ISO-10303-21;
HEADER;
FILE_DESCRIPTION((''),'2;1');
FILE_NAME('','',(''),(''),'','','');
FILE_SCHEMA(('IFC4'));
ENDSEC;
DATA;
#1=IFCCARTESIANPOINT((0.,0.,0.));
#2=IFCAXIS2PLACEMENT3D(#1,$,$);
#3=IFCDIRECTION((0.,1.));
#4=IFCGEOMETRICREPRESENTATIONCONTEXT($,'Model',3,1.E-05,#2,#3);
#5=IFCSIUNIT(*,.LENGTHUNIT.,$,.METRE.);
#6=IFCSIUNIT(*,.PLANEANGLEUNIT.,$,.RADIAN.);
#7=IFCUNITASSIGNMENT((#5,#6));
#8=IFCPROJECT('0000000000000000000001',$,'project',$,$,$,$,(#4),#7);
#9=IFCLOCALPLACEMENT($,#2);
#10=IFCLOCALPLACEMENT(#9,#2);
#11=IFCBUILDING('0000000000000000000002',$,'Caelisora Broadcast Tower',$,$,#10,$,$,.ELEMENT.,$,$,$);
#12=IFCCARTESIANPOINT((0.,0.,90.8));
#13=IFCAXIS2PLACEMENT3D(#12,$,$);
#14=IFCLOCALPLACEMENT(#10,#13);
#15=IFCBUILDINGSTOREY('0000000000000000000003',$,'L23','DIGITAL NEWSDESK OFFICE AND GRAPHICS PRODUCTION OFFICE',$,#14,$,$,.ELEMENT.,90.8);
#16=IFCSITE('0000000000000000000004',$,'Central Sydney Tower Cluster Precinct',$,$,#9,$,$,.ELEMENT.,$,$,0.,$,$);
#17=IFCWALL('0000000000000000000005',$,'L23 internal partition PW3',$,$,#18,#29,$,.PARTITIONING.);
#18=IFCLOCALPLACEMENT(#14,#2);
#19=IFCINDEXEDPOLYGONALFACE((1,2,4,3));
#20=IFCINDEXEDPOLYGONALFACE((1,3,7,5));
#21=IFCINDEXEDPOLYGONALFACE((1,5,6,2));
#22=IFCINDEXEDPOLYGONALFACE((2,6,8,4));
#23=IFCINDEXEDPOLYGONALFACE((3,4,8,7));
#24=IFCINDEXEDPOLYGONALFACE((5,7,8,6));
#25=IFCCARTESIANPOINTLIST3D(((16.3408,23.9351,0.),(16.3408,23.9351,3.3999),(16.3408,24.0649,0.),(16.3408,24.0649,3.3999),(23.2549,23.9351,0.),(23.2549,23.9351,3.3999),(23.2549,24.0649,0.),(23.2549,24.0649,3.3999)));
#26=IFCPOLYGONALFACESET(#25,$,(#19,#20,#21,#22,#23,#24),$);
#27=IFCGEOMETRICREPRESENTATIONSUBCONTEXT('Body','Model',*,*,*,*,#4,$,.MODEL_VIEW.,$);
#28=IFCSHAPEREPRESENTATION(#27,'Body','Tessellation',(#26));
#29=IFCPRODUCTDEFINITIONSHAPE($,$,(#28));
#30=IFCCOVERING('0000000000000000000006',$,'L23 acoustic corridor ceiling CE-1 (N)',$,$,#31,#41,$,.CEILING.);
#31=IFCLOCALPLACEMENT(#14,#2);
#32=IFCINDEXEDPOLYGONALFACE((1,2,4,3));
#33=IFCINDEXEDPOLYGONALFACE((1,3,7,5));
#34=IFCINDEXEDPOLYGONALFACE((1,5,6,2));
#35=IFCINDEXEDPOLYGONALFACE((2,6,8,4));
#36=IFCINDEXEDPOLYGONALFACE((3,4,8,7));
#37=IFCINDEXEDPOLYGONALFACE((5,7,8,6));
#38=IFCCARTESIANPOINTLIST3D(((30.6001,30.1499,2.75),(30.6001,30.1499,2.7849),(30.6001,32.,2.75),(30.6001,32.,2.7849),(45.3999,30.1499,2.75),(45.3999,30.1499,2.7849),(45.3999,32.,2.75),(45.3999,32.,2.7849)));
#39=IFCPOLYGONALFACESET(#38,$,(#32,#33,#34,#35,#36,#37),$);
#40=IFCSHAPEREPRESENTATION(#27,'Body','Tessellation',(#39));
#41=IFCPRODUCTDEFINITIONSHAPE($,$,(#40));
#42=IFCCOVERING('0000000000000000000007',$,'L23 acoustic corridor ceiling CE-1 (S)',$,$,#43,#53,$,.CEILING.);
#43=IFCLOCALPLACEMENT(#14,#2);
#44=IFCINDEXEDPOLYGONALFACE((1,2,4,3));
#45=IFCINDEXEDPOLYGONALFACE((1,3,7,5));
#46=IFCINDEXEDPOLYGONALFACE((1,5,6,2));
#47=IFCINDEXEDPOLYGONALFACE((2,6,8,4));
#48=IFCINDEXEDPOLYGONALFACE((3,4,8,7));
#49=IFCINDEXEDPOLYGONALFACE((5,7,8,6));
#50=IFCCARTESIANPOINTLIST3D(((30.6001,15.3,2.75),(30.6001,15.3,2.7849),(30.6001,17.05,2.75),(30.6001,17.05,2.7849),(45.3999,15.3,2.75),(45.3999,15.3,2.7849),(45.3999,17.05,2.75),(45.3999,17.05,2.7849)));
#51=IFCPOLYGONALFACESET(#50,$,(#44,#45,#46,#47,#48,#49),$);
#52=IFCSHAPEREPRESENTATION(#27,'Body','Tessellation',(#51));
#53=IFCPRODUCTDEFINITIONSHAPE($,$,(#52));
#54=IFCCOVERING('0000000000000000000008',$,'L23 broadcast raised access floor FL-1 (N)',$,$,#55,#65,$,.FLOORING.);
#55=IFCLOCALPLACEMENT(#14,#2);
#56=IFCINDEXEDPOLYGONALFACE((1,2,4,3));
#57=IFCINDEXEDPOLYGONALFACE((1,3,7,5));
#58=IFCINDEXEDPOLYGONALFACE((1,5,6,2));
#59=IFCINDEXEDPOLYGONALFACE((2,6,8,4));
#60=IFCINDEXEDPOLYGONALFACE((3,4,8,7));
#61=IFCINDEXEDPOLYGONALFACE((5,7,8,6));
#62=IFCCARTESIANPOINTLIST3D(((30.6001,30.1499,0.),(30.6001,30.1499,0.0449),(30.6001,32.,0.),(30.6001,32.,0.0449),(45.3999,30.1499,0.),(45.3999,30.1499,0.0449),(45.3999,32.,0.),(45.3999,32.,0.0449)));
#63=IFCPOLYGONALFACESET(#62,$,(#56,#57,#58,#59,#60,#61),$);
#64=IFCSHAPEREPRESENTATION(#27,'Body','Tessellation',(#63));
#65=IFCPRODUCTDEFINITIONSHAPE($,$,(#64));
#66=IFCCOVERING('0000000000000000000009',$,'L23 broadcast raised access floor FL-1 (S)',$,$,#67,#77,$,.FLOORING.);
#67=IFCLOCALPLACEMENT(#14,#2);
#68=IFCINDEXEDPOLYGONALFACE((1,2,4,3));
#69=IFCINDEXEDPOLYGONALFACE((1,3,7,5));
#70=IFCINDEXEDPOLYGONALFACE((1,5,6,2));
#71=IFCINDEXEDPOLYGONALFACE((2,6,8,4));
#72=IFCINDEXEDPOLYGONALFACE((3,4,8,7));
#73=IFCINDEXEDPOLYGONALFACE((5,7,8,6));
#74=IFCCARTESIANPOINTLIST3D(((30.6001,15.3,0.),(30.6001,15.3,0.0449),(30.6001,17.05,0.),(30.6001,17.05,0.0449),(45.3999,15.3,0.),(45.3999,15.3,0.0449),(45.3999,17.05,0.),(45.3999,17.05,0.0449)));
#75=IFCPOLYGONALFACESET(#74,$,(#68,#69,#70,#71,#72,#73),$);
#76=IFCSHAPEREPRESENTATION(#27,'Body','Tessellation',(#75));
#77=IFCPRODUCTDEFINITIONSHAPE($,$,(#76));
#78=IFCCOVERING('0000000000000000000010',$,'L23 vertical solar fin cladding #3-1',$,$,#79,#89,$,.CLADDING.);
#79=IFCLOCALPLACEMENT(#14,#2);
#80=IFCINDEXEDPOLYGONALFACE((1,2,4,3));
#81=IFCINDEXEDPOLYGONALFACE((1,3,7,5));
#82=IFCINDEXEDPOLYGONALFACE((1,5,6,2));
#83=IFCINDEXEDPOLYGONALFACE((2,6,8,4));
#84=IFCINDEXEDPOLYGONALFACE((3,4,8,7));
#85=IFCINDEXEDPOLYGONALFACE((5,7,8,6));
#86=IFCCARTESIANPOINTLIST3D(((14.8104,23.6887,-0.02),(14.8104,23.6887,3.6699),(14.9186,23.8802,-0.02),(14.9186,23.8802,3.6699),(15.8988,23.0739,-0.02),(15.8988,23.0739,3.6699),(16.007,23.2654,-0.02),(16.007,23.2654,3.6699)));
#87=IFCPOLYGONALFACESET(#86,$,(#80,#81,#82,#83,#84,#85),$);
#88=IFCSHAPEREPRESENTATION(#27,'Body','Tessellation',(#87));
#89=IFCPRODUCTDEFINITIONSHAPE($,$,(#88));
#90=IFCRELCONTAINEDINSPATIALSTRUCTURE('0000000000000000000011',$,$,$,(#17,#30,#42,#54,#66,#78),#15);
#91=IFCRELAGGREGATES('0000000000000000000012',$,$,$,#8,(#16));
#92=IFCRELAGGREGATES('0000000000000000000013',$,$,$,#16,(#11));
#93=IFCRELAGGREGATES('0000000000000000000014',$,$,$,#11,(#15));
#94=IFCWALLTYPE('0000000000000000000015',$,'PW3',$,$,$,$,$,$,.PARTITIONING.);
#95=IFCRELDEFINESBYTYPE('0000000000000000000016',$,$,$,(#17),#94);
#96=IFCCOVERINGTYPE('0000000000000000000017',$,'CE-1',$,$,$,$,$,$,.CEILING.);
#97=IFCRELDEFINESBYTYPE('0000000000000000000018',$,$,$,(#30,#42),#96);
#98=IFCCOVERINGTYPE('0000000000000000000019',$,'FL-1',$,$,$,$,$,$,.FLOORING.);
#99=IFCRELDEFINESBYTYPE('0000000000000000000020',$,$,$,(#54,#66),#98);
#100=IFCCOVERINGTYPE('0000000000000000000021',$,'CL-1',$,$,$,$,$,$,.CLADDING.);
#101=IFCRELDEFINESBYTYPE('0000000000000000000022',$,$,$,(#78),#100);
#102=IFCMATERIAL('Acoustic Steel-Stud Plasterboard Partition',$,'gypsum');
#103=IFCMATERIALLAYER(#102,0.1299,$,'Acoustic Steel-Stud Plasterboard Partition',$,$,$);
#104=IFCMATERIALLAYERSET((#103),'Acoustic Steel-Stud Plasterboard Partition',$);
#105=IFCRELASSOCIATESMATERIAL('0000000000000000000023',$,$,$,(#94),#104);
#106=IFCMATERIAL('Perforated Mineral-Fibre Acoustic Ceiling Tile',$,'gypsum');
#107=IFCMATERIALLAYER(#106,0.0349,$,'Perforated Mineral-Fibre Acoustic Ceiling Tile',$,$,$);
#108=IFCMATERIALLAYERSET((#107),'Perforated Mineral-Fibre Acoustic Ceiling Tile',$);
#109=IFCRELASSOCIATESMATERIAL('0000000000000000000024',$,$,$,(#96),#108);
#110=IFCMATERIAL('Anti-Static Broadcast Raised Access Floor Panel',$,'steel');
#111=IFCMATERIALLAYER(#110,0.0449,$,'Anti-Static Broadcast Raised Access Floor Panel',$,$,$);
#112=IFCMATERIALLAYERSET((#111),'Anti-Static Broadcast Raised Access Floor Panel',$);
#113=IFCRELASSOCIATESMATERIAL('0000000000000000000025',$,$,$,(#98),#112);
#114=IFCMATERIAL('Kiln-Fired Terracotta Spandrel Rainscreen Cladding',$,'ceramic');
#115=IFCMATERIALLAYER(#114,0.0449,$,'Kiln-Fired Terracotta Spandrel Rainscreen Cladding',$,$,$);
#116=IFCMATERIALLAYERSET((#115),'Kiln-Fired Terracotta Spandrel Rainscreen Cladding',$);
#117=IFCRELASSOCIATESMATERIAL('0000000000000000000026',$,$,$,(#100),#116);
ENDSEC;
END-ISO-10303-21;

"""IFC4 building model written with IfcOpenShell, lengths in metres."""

from ifc_helpers import new_model, si_unit, direction, frame, frame_2d, origin, origin_2d, place, context, subcontext, project, spatial, polyline, rectangle, outline, extrude, source, transform, mapped, material, layer, layer_set, type_object, type_shapes, element, save


model = new_model("IFC4")

# Units and contexts
model_context = context("Model", 3, precision=1e-05, world=origin(), true_north=direction((0.0, 1.0)))
body_context = subcontext(model_context, "Body", "Model", "MODEL_VIEW")
ifc_project = project(units=[si_unit("LENGTHUNIT", "METRE"), si_unit("PLANEANGLEUNIT", "RADIAN")], contexts=[model_context])

# Site, building, storey
site_placement = place(None, origin())
site = spatial("IfcSite", under=ifc_project, at=site_placement, Name="Central Sydney Tower Cluster Precinct", CompositionType="ELEMENT", RefElevation=0.0)
building_placement = place(site_placement, origin())
building = spatial("IfcBuilding", under=site, at=building_placement, Name="Caelisora Broadcast Tower", CompositionType="ELEMENT")
storey_placement = place(building_placement, frame((0.0, 0.0, 90.8)))
storey = spatial("IfcBuildingStorey", under=building, at=storey_placement, Name="L23", Description="DIGITAL NEWSDESK OFFICE AND GRAPHICS PRODUCTION OFFICE", CompositionType="ELEMENT", Elevation=90.8)

# Shared definitions
ifc_material_1 = material(Name="Acoustic Steel-Stud Plasterboard Partition", Category="gypsum")
ifc_layer_1 = layer(ifc_material_1, 0.1299, Name="Acoustic Steel-Stud Plasterboard Partition")
ifc_layer_set_1 = layer_set([ifc_layer_1], Name="Acoustic Steel-Stud Plasterboard Partition")
wall_type = type_object("IfcWallType", Name="PW3", PredefinedType="PARTITIONING", material=ifc_layer_set_1)

# Wall
wall_1_placement = place(storey_placement, frame((16.3408, 24.0, 0.0), z_axis=(0.0, 0.0, 1.0), x_axis=(1.0, 0.0, 0.0)))
element("IfcWall", 1, at=wall_1_placement, inside=storey, type_object=wall_type, Name="L23 internal partition PW3", PredefinedType="PARTITIONING", context=body_context, shape_type="SweptSolid", body=[
    extrude(rectangle(XDim=6.9141, YDim=0.1299, at=frame_2d((3.457, 0.0))), origin(), (0.0, 0.0, 1.0), 3.3999),
])

# Coverings
ifc_material_2 = material(Name="Perforated Mineral-Fibre Acoustic Ceiling Tile", Category="gypsum")
ifc_layer_2 = layer(ifc_material_2, 0.0349, Name="Perforated Mineral-Fibre Acoustic Ceiling Tile")
ifc_layer_set_2 = layer_set([ifc_layer_2], Name="Perforated Mineral-Fibre Acoustic Ceiling Tile")
covering_type_1 = type_object("IfcCoveringType", Name="CE-1", PredefinedType="CEILING", material=ifc_layer_set_2)
covering_1_placement = place(storey_placement, frame((0.0, 0.0, 2.75)))
element("IfcCovering", 2, at=covering_1_placement, inside=storey, type_object=covering_type_1, Name="L23 acoustic corridor ceiling CE-1 (N)", PredefinedType="CEILING", context=body_context, shape_type="SweptSolid", body=[
    extrude(outline(polyline([(30.6001, 30.1499), (45.3999, 30.1499), (45.3999, 32.0), (30.6001, 32.0), (30.6001, 30.1499)])), origin(), (0.0, 0.0, 1.0), 0.0349),
])
covering_2_placement = place(storey_placement, frame((0.0, 0.0, 2.75)))
element("IfcCovering", 3, at=covering_2_placement, inside=storey, type_object=covering_type_1, Name="L23 acoustic corridor ceiling CE-1 (S)", PredefinedType="CEILING", context=body_context, shape_type="SweptSolid", body=[
    extrude(outline(polyline([(30.6001, 15.3), (45.3999, 15.3), (45.3999, 17.05), (30.6001, 17.05), (30.6001, 15.3)])), origin(), (0.0, 0.0, 1.0), 0.0349),
])
ifc_material_3 = material(Name="Anti-Static Broadcast Raised Access Floor Panel", Category="steel")
ifc_layer_3 = layer(ifc_material_3, 0.0449, Name="Anti-Static Broadcast Raised Access Floor Panel")
ifc_layer_set_3 = layer_set([ifc_layer_3], Name="Anti-Static Broadcast Raised Access Floor Panel")
covering_type_2 = type_object("IfcCoveringType", Name="FL-1", PredefinedType="FLOORING", material=ifc_layer_set_3)
covering_3_placement = place(storey_placement, origin())
element("IfcCovering", 4, at=covering_3_placement, inside=storey, type_object=covering_type_2, Name="L23 broadcast raised access floor FL-1 (N)", PredefinedType="FLOORING", context=body_context, shape_type="SweptSolid", body=[
    extrude(outline(polyline([(30.6001, 30.1499), (45.3999, 30.1499), (45.3999, 32.0), (30.6001, 32.0), (30.6001, 30.1499)])), origin(), (0.0, 0.0, 1.0), 0.0449),
])
covering_4_placement = place(storey_placement, origin())
element("IfcCovering", 5, at=covering_4_placement, inside=storey, type_object=covering_type_2, Name="L23 broadcast raised access floor FL-1 (S)", PredefinedType="FLOORING", context=body_context, shape_type="SweptSolid", body=[
    extrude(outline(polyline([(30.6001, 15.3), (45.3999, 15.3), (45.3999, 17.05), (30.6001, 17.05), (30.6001, 15.3)])), origin(), (0.0, 0.0, 1.0), 0.0449),
])
ifc_material_4 = material(Name="Kiln-Fired Terracotta Spandrel Rainscreen Cladding", Category="ceramic")
ifc_layer_4 = layer(ifc_material_4, 0.0449, Name="Kiln-Fired Terracotta Spandrel Rainscreen Cladding")
ifc_layer_set_4 = layer_set([ifc_layer_4], Name="Kiln-Fired Terracotta Spandrel Rainscreen Cladding")
covering_type_3 = type_object("IfcCoveringType", Name="CL-1", PredefinedType="CLADDING", material=ifc_layer_set_4)
shared_shape_1 = source(origin(), body_context, "Body", "SweptSolid", [
    extrude(rectangle(XDim=0.22, YDim=1.25, at=origin_2d()), origin(), (0.0, 0.0, 1.0), 3.6899),
])
type_shapes(covering_type_3, [shared_shape_1])
covering_5_placement = place(storey_placement, frame((15.4087, 23.4771, -0.02), z_axis=(0.0, 0.0, 1.0), x_axis=(0.491816, 0.870699, 0.0)))
element("IfcCovering", 6, at=covering_5_placement, inside=storey, type_object=covering_type_3, Name="L23 vertical solar fin cladding #3-1", PredefinedType="CLADDING", context=body_context, shape_type="MappedRepresentation", body=[
    mapped(shared_shape_1, transform((0.0, 0.0, 0.0), scale=1.0)),
])

save(model, "model.ifc")
